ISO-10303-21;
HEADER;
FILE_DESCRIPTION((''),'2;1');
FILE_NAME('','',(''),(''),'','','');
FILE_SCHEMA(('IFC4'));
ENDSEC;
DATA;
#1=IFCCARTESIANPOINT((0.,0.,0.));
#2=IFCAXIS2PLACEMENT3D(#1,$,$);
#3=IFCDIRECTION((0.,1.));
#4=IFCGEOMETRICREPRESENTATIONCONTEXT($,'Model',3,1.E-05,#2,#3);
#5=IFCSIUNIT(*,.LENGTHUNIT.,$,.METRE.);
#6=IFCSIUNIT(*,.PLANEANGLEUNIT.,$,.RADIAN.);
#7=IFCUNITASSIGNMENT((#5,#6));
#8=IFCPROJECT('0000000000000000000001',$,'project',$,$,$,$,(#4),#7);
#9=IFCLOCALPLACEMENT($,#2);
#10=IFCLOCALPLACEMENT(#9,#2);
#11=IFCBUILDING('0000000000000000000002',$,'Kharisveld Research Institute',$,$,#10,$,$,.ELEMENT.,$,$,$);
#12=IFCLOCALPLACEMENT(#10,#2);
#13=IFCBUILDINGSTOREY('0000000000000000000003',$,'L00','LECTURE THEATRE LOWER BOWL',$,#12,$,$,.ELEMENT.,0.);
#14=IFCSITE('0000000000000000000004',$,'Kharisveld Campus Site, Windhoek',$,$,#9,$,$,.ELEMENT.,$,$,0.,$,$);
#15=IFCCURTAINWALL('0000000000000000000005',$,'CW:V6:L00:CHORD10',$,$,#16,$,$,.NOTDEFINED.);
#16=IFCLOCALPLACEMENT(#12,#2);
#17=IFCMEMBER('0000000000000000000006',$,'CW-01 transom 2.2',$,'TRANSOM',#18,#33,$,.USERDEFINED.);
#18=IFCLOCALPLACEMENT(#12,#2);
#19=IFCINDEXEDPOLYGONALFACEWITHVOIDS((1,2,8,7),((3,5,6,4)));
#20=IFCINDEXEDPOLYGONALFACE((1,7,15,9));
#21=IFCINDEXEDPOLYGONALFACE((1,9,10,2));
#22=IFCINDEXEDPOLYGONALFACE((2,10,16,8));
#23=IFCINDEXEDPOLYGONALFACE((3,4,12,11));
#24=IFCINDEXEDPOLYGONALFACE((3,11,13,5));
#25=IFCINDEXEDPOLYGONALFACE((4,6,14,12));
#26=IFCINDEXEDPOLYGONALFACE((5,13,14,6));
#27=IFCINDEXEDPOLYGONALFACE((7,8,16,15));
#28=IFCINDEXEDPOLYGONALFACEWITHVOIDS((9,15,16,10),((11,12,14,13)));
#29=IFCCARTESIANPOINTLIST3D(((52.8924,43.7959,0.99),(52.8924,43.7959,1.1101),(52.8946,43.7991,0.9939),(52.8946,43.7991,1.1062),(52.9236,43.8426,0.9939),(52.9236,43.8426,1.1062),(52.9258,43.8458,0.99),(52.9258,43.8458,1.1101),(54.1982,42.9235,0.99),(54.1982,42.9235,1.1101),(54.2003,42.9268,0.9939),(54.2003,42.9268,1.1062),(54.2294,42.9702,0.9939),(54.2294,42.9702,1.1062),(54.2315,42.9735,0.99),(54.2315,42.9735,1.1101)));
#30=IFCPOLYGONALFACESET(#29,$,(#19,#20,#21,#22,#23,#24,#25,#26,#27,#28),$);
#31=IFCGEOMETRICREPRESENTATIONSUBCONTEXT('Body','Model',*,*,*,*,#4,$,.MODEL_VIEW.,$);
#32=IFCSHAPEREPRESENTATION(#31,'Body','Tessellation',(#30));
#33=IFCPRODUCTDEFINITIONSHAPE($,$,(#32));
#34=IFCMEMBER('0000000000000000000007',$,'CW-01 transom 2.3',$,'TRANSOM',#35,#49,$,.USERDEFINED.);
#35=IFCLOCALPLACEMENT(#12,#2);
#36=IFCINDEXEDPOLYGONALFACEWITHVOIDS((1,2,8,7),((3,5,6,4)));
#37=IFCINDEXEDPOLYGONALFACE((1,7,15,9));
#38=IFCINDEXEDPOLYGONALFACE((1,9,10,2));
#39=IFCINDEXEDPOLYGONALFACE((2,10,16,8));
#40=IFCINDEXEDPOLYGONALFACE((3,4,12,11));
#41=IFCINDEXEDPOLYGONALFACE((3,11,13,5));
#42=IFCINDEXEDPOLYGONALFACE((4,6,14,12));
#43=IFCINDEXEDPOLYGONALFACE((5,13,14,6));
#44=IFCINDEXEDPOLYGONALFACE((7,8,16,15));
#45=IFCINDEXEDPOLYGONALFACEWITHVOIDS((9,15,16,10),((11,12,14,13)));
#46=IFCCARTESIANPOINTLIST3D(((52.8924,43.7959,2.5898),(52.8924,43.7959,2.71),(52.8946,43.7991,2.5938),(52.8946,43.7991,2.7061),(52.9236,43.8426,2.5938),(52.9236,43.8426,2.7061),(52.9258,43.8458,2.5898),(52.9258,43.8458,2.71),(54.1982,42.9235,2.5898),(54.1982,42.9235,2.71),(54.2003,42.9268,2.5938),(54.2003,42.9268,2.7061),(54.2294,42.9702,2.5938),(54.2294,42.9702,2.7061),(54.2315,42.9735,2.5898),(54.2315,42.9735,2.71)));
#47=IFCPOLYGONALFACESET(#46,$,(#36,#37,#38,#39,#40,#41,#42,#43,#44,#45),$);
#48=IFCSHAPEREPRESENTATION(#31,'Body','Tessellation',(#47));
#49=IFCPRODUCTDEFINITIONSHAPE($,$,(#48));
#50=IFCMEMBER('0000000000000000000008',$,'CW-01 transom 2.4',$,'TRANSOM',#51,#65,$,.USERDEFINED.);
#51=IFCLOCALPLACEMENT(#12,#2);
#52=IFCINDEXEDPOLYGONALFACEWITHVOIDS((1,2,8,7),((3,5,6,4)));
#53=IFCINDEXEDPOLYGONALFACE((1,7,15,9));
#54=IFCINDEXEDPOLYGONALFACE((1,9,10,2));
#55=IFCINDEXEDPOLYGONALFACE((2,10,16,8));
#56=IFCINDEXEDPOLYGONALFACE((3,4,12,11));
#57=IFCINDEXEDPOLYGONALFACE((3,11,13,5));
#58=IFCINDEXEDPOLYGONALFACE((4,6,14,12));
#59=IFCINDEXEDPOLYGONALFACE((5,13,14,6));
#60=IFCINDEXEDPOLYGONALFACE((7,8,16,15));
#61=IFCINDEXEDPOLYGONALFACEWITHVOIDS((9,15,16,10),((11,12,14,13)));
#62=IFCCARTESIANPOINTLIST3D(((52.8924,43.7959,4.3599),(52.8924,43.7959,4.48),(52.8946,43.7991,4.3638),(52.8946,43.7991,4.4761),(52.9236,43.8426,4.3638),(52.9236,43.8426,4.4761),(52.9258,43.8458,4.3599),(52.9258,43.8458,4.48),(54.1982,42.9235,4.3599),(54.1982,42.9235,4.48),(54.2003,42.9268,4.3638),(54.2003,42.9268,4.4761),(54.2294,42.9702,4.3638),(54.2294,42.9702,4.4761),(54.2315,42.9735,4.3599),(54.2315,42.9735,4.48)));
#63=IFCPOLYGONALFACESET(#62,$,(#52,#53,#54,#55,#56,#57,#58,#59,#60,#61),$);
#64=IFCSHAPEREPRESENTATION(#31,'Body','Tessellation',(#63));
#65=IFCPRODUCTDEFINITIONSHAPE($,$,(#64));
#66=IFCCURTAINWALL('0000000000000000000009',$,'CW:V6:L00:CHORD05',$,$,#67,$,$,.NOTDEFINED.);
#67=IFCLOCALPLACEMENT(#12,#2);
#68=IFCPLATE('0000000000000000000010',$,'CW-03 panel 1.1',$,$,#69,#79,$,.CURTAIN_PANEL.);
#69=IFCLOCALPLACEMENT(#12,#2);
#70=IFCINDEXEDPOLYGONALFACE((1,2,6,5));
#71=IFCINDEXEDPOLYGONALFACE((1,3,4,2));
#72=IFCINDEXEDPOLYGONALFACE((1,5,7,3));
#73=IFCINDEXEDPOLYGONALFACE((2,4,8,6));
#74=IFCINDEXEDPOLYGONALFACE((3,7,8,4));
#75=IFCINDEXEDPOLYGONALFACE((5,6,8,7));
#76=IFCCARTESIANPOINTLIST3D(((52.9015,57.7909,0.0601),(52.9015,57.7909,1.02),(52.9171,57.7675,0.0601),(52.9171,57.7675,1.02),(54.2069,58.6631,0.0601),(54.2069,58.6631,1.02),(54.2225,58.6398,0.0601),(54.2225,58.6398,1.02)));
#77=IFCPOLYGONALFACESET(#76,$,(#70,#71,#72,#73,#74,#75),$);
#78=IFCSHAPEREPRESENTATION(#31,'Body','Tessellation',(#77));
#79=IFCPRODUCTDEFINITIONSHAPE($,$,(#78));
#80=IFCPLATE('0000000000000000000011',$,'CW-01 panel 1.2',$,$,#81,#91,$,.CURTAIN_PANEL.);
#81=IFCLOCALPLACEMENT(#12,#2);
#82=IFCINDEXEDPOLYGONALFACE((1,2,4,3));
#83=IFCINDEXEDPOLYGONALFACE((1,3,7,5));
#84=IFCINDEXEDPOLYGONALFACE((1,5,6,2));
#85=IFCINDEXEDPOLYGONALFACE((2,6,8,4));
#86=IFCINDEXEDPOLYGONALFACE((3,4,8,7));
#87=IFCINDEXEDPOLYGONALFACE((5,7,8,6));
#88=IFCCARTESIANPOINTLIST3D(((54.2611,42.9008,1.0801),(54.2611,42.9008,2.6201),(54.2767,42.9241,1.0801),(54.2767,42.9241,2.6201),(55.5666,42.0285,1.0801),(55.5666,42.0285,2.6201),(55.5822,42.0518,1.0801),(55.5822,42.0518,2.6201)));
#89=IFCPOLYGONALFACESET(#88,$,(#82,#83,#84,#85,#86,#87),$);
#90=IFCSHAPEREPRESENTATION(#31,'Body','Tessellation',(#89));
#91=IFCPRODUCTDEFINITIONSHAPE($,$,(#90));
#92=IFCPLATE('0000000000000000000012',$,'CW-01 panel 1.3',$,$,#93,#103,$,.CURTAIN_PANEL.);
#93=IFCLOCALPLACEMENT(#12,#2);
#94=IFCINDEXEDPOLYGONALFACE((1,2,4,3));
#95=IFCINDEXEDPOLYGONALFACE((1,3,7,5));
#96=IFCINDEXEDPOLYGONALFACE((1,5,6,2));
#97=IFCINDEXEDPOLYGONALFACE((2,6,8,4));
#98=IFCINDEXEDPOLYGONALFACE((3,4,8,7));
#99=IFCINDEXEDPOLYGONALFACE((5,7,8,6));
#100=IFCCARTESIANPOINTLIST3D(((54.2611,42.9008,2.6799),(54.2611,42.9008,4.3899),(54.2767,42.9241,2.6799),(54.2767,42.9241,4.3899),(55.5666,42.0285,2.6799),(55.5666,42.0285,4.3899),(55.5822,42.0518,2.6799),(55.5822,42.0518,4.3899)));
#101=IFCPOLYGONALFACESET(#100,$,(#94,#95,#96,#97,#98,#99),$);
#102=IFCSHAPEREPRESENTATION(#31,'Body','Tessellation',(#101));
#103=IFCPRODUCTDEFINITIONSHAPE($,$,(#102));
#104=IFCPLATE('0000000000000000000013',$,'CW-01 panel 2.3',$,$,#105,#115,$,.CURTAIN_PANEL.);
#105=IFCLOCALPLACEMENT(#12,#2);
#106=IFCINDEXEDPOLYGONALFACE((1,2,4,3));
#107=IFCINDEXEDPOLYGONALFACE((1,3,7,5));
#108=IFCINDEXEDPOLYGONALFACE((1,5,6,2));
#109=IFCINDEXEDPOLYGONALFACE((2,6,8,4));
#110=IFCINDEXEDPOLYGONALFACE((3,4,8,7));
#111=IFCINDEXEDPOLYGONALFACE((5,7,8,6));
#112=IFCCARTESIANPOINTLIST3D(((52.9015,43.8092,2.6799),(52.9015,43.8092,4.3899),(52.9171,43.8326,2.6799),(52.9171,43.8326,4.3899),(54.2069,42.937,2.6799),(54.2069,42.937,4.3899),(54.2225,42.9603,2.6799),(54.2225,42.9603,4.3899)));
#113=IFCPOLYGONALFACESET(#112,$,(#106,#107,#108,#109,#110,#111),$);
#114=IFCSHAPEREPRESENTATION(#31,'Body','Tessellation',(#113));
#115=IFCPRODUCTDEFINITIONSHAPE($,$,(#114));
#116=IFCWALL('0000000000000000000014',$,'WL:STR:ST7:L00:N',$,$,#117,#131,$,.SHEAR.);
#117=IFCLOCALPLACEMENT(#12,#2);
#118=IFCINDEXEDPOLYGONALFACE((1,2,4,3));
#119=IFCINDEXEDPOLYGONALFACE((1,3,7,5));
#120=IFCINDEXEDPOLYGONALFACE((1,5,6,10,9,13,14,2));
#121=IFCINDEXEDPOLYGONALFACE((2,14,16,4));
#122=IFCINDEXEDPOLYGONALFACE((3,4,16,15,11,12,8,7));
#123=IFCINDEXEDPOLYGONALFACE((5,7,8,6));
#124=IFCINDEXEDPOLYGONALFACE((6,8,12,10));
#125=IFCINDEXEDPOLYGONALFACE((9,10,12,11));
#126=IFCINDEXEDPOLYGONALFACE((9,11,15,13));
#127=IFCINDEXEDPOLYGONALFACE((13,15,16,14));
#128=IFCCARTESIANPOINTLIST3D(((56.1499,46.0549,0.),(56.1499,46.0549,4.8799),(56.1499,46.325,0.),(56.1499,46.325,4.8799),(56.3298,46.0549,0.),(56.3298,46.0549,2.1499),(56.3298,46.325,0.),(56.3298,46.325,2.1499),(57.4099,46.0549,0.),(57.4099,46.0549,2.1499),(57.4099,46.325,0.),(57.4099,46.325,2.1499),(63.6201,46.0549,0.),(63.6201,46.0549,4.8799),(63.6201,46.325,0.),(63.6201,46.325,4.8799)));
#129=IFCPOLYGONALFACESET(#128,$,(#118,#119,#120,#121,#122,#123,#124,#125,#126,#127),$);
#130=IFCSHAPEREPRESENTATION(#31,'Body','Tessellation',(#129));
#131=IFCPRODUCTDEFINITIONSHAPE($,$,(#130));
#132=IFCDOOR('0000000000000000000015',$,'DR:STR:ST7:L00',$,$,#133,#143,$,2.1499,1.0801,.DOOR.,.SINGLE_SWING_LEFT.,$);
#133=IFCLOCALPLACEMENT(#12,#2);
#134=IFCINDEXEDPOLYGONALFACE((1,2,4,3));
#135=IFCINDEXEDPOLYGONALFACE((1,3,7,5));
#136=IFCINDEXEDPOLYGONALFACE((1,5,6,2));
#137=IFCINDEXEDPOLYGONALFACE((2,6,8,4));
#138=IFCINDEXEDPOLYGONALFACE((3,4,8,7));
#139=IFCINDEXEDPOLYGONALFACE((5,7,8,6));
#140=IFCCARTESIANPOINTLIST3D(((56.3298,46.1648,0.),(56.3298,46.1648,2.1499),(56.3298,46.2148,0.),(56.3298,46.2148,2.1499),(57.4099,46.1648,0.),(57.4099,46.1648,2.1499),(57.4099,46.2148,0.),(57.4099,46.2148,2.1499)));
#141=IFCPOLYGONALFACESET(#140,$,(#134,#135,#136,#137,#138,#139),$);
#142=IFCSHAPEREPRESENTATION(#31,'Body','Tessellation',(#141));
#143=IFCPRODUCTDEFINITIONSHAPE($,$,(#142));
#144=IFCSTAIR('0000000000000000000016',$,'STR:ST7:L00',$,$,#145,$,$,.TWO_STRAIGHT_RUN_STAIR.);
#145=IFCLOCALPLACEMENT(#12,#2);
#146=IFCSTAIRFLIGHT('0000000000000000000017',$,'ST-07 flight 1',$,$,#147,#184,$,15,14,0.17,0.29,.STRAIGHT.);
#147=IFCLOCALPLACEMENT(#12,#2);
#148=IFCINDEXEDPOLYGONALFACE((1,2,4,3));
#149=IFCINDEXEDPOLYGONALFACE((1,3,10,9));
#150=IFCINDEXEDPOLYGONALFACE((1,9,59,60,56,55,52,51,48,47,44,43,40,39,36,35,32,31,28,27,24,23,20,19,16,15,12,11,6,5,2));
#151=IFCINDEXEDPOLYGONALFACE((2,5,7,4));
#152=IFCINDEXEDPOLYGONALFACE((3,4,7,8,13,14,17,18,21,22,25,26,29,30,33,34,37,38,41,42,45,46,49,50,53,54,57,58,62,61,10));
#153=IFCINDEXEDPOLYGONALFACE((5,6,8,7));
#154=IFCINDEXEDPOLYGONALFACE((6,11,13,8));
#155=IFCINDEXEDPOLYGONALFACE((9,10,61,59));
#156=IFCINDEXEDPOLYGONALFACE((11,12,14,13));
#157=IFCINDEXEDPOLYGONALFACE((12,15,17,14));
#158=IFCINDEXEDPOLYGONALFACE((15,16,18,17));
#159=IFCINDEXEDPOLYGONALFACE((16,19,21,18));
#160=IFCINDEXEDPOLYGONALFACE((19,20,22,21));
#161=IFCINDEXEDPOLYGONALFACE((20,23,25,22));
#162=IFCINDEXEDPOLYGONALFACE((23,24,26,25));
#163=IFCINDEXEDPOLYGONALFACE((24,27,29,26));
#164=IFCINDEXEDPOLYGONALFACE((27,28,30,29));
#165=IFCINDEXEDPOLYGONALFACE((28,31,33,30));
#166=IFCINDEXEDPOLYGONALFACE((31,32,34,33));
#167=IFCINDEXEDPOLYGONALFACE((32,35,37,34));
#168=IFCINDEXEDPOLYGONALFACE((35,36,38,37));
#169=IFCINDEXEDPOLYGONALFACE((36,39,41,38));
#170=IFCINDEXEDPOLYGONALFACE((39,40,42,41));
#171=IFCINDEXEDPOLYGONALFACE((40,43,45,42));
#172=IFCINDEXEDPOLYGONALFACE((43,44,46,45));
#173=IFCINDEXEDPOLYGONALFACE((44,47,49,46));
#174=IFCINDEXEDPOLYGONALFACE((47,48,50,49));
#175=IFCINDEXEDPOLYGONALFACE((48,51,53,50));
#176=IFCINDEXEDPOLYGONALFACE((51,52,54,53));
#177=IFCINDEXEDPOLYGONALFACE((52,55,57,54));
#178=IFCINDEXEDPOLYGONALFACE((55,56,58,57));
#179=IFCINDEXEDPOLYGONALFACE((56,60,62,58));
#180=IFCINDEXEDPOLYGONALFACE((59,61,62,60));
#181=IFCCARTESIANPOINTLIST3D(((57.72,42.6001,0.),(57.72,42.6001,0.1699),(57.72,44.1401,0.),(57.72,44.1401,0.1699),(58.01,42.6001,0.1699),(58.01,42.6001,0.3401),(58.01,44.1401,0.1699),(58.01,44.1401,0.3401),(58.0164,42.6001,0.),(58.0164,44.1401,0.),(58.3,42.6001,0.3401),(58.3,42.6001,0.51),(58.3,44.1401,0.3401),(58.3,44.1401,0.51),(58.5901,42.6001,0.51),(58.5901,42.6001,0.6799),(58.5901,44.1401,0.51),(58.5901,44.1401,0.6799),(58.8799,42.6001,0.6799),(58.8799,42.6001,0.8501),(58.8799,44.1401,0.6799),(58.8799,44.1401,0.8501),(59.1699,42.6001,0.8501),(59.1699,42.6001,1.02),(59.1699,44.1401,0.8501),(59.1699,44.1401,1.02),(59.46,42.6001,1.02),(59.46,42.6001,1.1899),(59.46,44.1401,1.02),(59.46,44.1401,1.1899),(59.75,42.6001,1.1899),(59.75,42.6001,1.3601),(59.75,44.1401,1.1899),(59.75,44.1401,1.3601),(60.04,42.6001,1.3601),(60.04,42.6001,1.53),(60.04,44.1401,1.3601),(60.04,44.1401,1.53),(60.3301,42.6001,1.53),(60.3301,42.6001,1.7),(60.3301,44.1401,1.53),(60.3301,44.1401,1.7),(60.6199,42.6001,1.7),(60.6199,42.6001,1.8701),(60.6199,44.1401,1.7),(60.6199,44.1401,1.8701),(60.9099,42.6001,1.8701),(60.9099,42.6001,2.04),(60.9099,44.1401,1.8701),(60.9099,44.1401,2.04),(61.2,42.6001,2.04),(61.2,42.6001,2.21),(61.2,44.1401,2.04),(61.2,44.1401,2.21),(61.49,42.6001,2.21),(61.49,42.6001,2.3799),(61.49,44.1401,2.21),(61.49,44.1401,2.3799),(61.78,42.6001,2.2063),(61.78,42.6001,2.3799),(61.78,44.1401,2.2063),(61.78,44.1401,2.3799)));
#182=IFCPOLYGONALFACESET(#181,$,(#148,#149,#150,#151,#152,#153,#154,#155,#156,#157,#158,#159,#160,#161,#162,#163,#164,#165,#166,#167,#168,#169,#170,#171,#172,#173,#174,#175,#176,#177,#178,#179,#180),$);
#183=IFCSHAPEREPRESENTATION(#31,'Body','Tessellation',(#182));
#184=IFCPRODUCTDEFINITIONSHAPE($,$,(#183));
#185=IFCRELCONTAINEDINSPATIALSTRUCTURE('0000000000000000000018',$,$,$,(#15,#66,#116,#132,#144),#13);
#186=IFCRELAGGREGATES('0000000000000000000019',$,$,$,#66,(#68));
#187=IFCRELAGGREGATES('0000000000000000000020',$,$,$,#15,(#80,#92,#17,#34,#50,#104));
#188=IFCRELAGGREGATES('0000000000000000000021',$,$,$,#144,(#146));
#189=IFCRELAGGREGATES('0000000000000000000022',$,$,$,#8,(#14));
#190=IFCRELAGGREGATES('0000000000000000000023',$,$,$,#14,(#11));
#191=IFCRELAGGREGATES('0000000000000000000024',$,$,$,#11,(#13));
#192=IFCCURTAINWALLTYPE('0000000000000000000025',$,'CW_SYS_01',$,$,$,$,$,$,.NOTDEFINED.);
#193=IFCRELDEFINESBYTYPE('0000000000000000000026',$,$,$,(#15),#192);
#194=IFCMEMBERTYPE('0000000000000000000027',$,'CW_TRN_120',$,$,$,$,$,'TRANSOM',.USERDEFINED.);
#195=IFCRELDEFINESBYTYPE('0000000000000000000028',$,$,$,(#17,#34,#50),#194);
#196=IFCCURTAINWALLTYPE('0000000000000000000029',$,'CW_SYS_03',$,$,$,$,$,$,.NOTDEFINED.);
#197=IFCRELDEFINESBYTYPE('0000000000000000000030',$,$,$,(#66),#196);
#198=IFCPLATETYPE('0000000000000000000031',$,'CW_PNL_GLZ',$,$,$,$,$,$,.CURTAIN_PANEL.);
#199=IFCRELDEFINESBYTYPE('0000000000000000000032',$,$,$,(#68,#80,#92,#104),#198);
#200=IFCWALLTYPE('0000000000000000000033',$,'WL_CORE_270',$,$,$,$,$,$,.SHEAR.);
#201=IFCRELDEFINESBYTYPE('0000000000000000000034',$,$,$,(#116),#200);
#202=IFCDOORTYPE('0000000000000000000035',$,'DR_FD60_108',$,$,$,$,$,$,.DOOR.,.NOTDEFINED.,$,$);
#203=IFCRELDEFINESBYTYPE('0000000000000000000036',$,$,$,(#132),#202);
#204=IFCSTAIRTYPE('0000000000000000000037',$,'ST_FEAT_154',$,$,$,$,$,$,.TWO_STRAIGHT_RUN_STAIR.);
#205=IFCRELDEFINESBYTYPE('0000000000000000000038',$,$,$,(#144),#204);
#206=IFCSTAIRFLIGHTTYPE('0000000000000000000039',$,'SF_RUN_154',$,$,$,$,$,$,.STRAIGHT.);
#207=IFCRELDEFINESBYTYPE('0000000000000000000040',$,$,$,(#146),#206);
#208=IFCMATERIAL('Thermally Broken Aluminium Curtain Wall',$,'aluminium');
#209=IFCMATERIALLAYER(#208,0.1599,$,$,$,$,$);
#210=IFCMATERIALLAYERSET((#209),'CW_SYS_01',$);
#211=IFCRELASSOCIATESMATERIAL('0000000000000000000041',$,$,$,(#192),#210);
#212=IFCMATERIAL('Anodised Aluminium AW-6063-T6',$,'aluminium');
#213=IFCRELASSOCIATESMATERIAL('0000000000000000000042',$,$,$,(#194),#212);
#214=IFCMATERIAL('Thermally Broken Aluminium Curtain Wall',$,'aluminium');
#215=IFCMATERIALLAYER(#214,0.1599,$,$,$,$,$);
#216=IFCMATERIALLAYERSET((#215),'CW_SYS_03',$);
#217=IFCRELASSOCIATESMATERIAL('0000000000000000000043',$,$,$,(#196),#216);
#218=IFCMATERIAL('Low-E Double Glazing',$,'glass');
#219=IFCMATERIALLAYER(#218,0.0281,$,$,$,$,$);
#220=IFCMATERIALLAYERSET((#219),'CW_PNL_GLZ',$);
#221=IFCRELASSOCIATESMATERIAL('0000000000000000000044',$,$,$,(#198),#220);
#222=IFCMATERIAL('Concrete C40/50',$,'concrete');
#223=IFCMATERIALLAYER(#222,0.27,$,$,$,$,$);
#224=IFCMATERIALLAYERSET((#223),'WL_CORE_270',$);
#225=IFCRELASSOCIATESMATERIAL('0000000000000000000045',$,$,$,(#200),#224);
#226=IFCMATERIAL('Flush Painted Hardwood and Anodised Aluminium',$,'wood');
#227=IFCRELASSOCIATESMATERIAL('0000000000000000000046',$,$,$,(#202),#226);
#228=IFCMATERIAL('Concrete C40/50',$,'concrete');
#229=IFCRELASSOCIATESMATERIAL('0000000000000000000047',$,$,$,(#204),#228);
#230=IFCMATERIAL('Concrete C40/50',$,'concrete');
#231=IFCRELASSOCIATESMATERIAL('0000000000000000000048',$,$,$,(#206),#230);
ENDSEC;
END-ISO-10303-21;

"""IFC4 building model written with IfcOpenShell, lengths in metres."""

from ifc_helpers import new_model, si_unit, direction, frame, frame_2d, origin, origin_2d, place, context, subcontext, project, spatial, polyline, rectangle, hollow_rectangle, outline, extrude, material, layer, layer_set, material_profile, profile_set, type_object, element, fill, aggregate, save


model = new_model("IFC4")

# Units and contexts
model_context = context("Model", 3, precision=1e-05, world=origin(), true_north=direction((0.0, 1.0)))
body_context = subcontext(model_context, "Body", "Model", "MODEL_VIEW")
ifc_project = project(units=[si_unit("LENGTHUNIT", "METRE"), si_unit("PLANEANGLEUNIT", "RADIAN")], contexts=[model_context])

# Site, building, storey
site_placement = place(None, origin())
site = spatial("IfcSite", under=ifc_project, at=site_placement, Name="Kharisveld Campus Site, Windhoek", CompositionType="ELEMENT", RefElevation=0.0)
building_placement = place(site_placement, origin())
building = spatial("IfcBuilding", under=site, at=building_placement, Name="Kharisveld Research Institute", CompositionType="ELEMENT")
storey_placement = place(building_placement, origin())
storey = spatial("IfcBuildingStorey", under=building, at=storey_placement, Name="L00", Description="LECTURE THEATRE LOWER BOWL", CompositionType="ELEMENT", Elevation=0.0)

# Curtain wall, members
ifc_material_1 = material(Name="Thermally Broken Aluminium Curtain Wall", Category="aluminium")
ifc_layer_1 = layer(ifc_material_1, 0.1599)
ifc_layer_set_1 = layer_set([ifc_layer_1], Name="CW_SYS_01")
curtain_wall_type_1 = type_object("IfcCurtainWallType", Name="CW_SYS_01", PredefinedType="NOTDEFINED", material=ifc_layer_set_1)
curtain_wall_1_placement = place(storey_placement, origin())
curtain_wall_1 = element("IfcCurtainWall", 1, at=curtain_wall_1_placement, inside=storey, type_object=curtain_wall_type_1, Name="CW:V6:L00:CHORD10", PredefinedType="NOTDEFINED")
ifc_material_2 = material(Name="Anodised Aluminium AW-6063-T6", Category="aluminium")
ifc_material_profile_1 = material_profile(ifc_material_2, hollow_rectangle(XDim=0.0601, YDim=0.1201, WallThickness=0.0039, at=origin_2d()))
ifc_profile_set_1 = profile_set([ifc_material_profile_1], Name="Anodised Aluminium AW-6063-T6")
member_type_1 = type_object("IfcMemberType", Name="CW_TRN_120", ElementType="TRANSOM", PredefinedType="USERDEFINED", material=ifc_profile_set_1)
member_1_placement = place(storey_placement, frame((54.2148, 42.9485, 1.05), z_axis=(-0.8315, 0.555525, 0.0), x_axis=(-0.555525, -0.8315, 0.0)))
member_1 = element("IfcMember", 2, at=member_1_placement, type_object=member_type_1, Name="CW-01 transom 2.2", ObjectType="TRANSOM", PredefinedType="USERDEFINED", context=body_context, shape_type="SweptSolid", body=[
    extrude(hollow_rectangle(XDim=0.0601, YDim=0.1201, WallThickness=0.0039, at=origin_2d()), origin(), (0.0, 0.0, 1.0), 1.5703),
])
member_2_placement = place(storey_placement, frame((54.2148, 42.9485, 2.6499), z_axis=(-0.8315, 0.555525, 0.0), x_axis=(-0.555525, -0.8315, 0.0)))
member_2 = element("IfcMember", 3, at=member_2_placement, type_object=member_type_1, Name="CW-01 transom 2.3", ObjectType="TRANSOM", PredefinedType="USERDEFINED", context=body_context, shape_type="SweptSolid", body=[
    extrude(hollow_rectangle(XDim=0.0601, YDim=0.1201, WallThickness=0.0039, at=origin_2d()), origin(), (0.0, 0.0, 1.0), 1.5703),
])
member_3_placement = place(storey_placement, frame((54.2148, 42.9485, 4.4199), z_axis=(-0.8315, 0.555525, 0.0), x_axis=(-0.555525, -0.8315, 0.0)))
member_3 = element("IfcMember", 4, at=member_3_placement, type_object=member_type_1, Name="CW-01 transom 2.4", ObjectType="TRANSOM", PredefinedType="USERDEFINED", context=body_context, shape_type="SweptSolid", body=[
    extrude(hollow_rectangle(XDim=0.0601, YDim=0.1201, WallThickness=0.0039, at=origin_2d()), origin(), (0.0, 0.0, 1.0), 1.5703),
])

# Curtain wall, plate
ifc_material_3 = material(Name="Thermally Broken Aluminium Curtain Wall", Category="aluminium")
ifc_layer_2 = layer(ifc_material_3, 0.1599)
ifc_layer_set_2 = layer_set([ifc_layer_2], Name="CW_SYS_03")
curtain_wall_type_2 = type_object("IfcCurtainWallType", Name="CW_SYS_03", PredefinedType="NOTDEFINED", material=ifc_layer_set_2)
curtain_wall_2_placement = place(storey_placement, origin())
curtain_wall_2 = element("IfcCurtainWall", 5, at=curtain_wall_2_placement, inside=storey, type_object=curtain_wall_type_2, Name="CW:V6:L00:CHORD05", PredefinedType="NOTDEFINED")
ifc_material_4 = material(Name="Low-E Double Glazing", Category="glass")
ifc_layer_3 = layer(ifc_material_4, 0.0281)
ifc_layer_set_3 = layer_set([ifc_layer_3], Name="CW_PNL_GLZ")
plate_type = type_object("IfcPlateType", Name="CW_PNL_GLZ", PredefinedType="CURTAIN_PANEL", material=ifc_layer_set_3)
plate_1_placement = place(storey_placement, frame((53.562, 58.2153, 0.0601), z_axis=(0.0, 0.0, 1.0), x_axis=(0.83147, 0.55557, 0.0)))
plate_1 = element("IfcPlate", 6, at=plate_1_placement, type_object=plate_type, Name="CW-03 panel 1.1", PredefinedType="CURTAIN_PANEL", context=body_context, shape_type="SweptSolid", body=[
    extrude(rectangle(XDim=1.5701, YDim=0.0281, at=origin_2d()), origin(), (0.0, 0.0, 1.0), 0.96),
])
aggregate(curtain_wall_2, [plate_1])

# Plates
plate_2_placement = place(storey_placement, frame((54.9216, 42.4763, 1.0801), z_axis=(0.0, 0.0, 1.0), x_axis=(-0.83147, 0.55557, 0.0)))
plate_2 = element("IfcPlate", 7, at=plate_2_placement, type_object=plate_type, Name="CW-01 panel 1.2", PredefinedType="CURTAIN_PANEL", context=body_context, shape_type="SweptSolid", body=[
    extrude(rectangle(XDim=1.5701, YDim=0.0281, at=origin_2d()), origin(), (0.0, 0.0, 1.0), 1.54),
])
plate_3_placement = place(storey_placement, frame((54.9216, 42.4763, 2.6799), z_axis=(0.0, 0.0, 1.0), x_axis=(-0.83147, 0.55557, 0.0)))
plate_3 = element("IfcPlate", 8, at=plate_3_placement, type_object=plate_type, Name="CW-01 panel 1.3", PredefinedType="CURTAIN_PANEL", context=body_context, shape_type="SweptSolid", body=[
    extrude(rectangle(XDim=1.5701, YDim=0.0281, at=origin_2d()), origin(), (0.0, 0.0, 1.0), 1.71),
])
plate_4_placement = place(storey_placement, frame((53.562, 43.3848, 2.6799), z_axis=(0.0, 0.0, 1.0), x_axis=(-0.83147, 0.55557, 0.0)))
plate_4 = element("IfcPlate", 9, at=plate_4_placement, type_object=plate_type, Name="CW-01 panel 2.3", PredefinedType="CURTAIN_PANEL", context=body_context, shape_type="SweptSolid", body=[
    extrude(rectangle(XDim=1.5701, YDim=0.0281, at=origin_2d()), origin(), (0.0, 0.0, 1.0), 1.71),
])
aggregate(curtain_wall_1, [plate_2, plate_3, member_1, member_2, member_3, plate_4])

# Wall, opening, door
ifc_material_5 = material(Name="Concrete C40/50", Category="concrete")
ifc_layer_4 = layer(ifc_material_5, 0.27)
ifc_layer_set_4 = layer_set([ifc_layer_4], Name="WL_CORE_270")
wall_type = type_object("IfcWallType", Name="WL_CORE_270", PredefinedType="SHEAR", material=ifc_layer_set_4)
wall_placement = place(storey_placement, frame((56.1499, 46.1899, 0.0), z_axis=(0.0, 0.0, 1.0), x_axis=(1.0, 0.0, 0.0)))
wall = element("IfcWall", 10, at=wall_placement, inside=storey, type_object=wall_type, Name="WL:STR:ST7:L00:N", PredefinedType="SHEAR", context=body_context, shape_type="SweptSolid", body=[
    extrude(rectangle(XDim=7.4702, YDim=0.27, at=frame_2d((3.7351, 0.0))), origin(), (0.0, 0.0, 1.0), 4.8799),
])
opening_placement = place(wall_placement, frame((0.1799, 0.0, 0.0)))
opening = element("IfcOpeningElement", 11, at=opening_placement, cuts=wall, PredefinedType="OPENING", context=body_context, shape_type="SweptSolid", body=[
    extrude(rectangle(XDim=1.0801, YDim=2.1499, at=frame_2d((0.54, 1.075))), frame((0.0, 0.135, 0.0), z_axis=(0.0, -1.0, 0.0), x_axis=(1.0, 0.0, 0.0)), (0.0, 0.0, 1.0), 0.27),
])
ifc_material_6 = material(Name="Flush Painted Hardwood and Anodised Aluminium", Category="wood")
door_type = type_object("IfcDoorType", Name="DR_FD60_108", OperationType="NOTDEFINED", PredefinedType="DOOR", material=ifc_material_6)
door_placement = place(opening_placement, origin())
door = element("IfcDoor", 12, at=door_placement, inside=storey, type_object=door_type, Name="DR:STR:ST7:L00", OperationType="SINGLE_SWING_LEFT", OverallHeight=2.1499, OverallWidth=1.0801, PredefinedType="DOOR", context=body_context, shape_type="SweptSolid", body=[
    extrude(rectangle(XDim=1.0801, YDim=2.1499, at=frame_2d((0.54, 1.075))), frame((0.0, 0.0249, 0.0), z_axis=(0.0, -1.0, 0.0), x_axis=(1.0, 0.0, 0.0)), (0.0, 0.0, 1.0), 0.05),
])
fill(opening, door)

# Stair, stair flight
ifc_material_7 = material(Name="Concrete C40/50", Category="concrete")
stair_type = type_object("IfcStairType", Name="ST_FEAT_154", PredefinedType="TWO_STRAIGHT_RUN_STAIR", material=ifc_material_7)
stair_placement = place(storey_placement, origin())
stair = element("IfcStair", 13, at=stair_placement, inside=storey, type_object=stair_type, Name="STR:ST7:L00", PredefinedType="TWO_STRAIGHT_RUN_STAIR")
ifc_material_8 = material(Name="Concrete C40/50", Category="concrete")
stair_flight_type = type_object("IfcStairFlightType", Name="SF_RUN_154", PredefinedType="STRAIGHT", material=ifc_material_8)
stair_flight_1_placement = place(storey_placement, frame((57.72, 43.3701, 0.0), z_axis=(0.0, 0.0, 1.0), x_axis=(1.0, 0.0, 0.0)))
stair_flight_1 = element("IfcStairFlight", 14, at=stair_flight_1_placement, type_object=stair_flight_type, Name="ST-07 flight 1", NumberOfRisers=15, NumberOfTreads=14, PredefinedType="STRAIGHT", RiserHeight=0.17, TreadLength=0.29, context=body_context, shape_type="SweptSolid", body=[
    extrude(outline(polyline([(0.0, 0.0), (0.0, 0.1699), (0.29, 0.1699), (0.29, 0.3401), (0.5801, 0.3401), (0.5801, 0.51), (0.8701, 0.51), (0.8701, 0.6799), (1.1599, 0.6799), (1.1599, 0.8501), (1.45, 0.8501), (1.45, 1.02), (1.74, 1.02), (1.74, 1.1899), (2.03, 1.1899), (2.03, 1.3601), (2.3201, 1.3601), (2.3201, 1.53), (2.6101, 1.53), (2.6101, 1.7), (2.8999, 1.7), (2.8999, 1.8701), (3.1899, 1.8701), (3.1899, 2.04), (3.48, 2.04), (3.48, 2.21), (3.77, 2.21), (3.77, 2.3799), (4.0601, 2.3799), (4.0601, 2.55), (4.0601, 2.2063), (0.2964, 0.0), (0.0, 0.0)])), frame((0.0, 0.77, 0.0), z_axis=(0.0, -1.0, 0.0), x_axis=(1.0, 0.0, 0.0)), (0.0, 0.0, 1.0), 1.54),
])
aggregate(stair, [stair_flight_1])

save(model, "model.ifc")
